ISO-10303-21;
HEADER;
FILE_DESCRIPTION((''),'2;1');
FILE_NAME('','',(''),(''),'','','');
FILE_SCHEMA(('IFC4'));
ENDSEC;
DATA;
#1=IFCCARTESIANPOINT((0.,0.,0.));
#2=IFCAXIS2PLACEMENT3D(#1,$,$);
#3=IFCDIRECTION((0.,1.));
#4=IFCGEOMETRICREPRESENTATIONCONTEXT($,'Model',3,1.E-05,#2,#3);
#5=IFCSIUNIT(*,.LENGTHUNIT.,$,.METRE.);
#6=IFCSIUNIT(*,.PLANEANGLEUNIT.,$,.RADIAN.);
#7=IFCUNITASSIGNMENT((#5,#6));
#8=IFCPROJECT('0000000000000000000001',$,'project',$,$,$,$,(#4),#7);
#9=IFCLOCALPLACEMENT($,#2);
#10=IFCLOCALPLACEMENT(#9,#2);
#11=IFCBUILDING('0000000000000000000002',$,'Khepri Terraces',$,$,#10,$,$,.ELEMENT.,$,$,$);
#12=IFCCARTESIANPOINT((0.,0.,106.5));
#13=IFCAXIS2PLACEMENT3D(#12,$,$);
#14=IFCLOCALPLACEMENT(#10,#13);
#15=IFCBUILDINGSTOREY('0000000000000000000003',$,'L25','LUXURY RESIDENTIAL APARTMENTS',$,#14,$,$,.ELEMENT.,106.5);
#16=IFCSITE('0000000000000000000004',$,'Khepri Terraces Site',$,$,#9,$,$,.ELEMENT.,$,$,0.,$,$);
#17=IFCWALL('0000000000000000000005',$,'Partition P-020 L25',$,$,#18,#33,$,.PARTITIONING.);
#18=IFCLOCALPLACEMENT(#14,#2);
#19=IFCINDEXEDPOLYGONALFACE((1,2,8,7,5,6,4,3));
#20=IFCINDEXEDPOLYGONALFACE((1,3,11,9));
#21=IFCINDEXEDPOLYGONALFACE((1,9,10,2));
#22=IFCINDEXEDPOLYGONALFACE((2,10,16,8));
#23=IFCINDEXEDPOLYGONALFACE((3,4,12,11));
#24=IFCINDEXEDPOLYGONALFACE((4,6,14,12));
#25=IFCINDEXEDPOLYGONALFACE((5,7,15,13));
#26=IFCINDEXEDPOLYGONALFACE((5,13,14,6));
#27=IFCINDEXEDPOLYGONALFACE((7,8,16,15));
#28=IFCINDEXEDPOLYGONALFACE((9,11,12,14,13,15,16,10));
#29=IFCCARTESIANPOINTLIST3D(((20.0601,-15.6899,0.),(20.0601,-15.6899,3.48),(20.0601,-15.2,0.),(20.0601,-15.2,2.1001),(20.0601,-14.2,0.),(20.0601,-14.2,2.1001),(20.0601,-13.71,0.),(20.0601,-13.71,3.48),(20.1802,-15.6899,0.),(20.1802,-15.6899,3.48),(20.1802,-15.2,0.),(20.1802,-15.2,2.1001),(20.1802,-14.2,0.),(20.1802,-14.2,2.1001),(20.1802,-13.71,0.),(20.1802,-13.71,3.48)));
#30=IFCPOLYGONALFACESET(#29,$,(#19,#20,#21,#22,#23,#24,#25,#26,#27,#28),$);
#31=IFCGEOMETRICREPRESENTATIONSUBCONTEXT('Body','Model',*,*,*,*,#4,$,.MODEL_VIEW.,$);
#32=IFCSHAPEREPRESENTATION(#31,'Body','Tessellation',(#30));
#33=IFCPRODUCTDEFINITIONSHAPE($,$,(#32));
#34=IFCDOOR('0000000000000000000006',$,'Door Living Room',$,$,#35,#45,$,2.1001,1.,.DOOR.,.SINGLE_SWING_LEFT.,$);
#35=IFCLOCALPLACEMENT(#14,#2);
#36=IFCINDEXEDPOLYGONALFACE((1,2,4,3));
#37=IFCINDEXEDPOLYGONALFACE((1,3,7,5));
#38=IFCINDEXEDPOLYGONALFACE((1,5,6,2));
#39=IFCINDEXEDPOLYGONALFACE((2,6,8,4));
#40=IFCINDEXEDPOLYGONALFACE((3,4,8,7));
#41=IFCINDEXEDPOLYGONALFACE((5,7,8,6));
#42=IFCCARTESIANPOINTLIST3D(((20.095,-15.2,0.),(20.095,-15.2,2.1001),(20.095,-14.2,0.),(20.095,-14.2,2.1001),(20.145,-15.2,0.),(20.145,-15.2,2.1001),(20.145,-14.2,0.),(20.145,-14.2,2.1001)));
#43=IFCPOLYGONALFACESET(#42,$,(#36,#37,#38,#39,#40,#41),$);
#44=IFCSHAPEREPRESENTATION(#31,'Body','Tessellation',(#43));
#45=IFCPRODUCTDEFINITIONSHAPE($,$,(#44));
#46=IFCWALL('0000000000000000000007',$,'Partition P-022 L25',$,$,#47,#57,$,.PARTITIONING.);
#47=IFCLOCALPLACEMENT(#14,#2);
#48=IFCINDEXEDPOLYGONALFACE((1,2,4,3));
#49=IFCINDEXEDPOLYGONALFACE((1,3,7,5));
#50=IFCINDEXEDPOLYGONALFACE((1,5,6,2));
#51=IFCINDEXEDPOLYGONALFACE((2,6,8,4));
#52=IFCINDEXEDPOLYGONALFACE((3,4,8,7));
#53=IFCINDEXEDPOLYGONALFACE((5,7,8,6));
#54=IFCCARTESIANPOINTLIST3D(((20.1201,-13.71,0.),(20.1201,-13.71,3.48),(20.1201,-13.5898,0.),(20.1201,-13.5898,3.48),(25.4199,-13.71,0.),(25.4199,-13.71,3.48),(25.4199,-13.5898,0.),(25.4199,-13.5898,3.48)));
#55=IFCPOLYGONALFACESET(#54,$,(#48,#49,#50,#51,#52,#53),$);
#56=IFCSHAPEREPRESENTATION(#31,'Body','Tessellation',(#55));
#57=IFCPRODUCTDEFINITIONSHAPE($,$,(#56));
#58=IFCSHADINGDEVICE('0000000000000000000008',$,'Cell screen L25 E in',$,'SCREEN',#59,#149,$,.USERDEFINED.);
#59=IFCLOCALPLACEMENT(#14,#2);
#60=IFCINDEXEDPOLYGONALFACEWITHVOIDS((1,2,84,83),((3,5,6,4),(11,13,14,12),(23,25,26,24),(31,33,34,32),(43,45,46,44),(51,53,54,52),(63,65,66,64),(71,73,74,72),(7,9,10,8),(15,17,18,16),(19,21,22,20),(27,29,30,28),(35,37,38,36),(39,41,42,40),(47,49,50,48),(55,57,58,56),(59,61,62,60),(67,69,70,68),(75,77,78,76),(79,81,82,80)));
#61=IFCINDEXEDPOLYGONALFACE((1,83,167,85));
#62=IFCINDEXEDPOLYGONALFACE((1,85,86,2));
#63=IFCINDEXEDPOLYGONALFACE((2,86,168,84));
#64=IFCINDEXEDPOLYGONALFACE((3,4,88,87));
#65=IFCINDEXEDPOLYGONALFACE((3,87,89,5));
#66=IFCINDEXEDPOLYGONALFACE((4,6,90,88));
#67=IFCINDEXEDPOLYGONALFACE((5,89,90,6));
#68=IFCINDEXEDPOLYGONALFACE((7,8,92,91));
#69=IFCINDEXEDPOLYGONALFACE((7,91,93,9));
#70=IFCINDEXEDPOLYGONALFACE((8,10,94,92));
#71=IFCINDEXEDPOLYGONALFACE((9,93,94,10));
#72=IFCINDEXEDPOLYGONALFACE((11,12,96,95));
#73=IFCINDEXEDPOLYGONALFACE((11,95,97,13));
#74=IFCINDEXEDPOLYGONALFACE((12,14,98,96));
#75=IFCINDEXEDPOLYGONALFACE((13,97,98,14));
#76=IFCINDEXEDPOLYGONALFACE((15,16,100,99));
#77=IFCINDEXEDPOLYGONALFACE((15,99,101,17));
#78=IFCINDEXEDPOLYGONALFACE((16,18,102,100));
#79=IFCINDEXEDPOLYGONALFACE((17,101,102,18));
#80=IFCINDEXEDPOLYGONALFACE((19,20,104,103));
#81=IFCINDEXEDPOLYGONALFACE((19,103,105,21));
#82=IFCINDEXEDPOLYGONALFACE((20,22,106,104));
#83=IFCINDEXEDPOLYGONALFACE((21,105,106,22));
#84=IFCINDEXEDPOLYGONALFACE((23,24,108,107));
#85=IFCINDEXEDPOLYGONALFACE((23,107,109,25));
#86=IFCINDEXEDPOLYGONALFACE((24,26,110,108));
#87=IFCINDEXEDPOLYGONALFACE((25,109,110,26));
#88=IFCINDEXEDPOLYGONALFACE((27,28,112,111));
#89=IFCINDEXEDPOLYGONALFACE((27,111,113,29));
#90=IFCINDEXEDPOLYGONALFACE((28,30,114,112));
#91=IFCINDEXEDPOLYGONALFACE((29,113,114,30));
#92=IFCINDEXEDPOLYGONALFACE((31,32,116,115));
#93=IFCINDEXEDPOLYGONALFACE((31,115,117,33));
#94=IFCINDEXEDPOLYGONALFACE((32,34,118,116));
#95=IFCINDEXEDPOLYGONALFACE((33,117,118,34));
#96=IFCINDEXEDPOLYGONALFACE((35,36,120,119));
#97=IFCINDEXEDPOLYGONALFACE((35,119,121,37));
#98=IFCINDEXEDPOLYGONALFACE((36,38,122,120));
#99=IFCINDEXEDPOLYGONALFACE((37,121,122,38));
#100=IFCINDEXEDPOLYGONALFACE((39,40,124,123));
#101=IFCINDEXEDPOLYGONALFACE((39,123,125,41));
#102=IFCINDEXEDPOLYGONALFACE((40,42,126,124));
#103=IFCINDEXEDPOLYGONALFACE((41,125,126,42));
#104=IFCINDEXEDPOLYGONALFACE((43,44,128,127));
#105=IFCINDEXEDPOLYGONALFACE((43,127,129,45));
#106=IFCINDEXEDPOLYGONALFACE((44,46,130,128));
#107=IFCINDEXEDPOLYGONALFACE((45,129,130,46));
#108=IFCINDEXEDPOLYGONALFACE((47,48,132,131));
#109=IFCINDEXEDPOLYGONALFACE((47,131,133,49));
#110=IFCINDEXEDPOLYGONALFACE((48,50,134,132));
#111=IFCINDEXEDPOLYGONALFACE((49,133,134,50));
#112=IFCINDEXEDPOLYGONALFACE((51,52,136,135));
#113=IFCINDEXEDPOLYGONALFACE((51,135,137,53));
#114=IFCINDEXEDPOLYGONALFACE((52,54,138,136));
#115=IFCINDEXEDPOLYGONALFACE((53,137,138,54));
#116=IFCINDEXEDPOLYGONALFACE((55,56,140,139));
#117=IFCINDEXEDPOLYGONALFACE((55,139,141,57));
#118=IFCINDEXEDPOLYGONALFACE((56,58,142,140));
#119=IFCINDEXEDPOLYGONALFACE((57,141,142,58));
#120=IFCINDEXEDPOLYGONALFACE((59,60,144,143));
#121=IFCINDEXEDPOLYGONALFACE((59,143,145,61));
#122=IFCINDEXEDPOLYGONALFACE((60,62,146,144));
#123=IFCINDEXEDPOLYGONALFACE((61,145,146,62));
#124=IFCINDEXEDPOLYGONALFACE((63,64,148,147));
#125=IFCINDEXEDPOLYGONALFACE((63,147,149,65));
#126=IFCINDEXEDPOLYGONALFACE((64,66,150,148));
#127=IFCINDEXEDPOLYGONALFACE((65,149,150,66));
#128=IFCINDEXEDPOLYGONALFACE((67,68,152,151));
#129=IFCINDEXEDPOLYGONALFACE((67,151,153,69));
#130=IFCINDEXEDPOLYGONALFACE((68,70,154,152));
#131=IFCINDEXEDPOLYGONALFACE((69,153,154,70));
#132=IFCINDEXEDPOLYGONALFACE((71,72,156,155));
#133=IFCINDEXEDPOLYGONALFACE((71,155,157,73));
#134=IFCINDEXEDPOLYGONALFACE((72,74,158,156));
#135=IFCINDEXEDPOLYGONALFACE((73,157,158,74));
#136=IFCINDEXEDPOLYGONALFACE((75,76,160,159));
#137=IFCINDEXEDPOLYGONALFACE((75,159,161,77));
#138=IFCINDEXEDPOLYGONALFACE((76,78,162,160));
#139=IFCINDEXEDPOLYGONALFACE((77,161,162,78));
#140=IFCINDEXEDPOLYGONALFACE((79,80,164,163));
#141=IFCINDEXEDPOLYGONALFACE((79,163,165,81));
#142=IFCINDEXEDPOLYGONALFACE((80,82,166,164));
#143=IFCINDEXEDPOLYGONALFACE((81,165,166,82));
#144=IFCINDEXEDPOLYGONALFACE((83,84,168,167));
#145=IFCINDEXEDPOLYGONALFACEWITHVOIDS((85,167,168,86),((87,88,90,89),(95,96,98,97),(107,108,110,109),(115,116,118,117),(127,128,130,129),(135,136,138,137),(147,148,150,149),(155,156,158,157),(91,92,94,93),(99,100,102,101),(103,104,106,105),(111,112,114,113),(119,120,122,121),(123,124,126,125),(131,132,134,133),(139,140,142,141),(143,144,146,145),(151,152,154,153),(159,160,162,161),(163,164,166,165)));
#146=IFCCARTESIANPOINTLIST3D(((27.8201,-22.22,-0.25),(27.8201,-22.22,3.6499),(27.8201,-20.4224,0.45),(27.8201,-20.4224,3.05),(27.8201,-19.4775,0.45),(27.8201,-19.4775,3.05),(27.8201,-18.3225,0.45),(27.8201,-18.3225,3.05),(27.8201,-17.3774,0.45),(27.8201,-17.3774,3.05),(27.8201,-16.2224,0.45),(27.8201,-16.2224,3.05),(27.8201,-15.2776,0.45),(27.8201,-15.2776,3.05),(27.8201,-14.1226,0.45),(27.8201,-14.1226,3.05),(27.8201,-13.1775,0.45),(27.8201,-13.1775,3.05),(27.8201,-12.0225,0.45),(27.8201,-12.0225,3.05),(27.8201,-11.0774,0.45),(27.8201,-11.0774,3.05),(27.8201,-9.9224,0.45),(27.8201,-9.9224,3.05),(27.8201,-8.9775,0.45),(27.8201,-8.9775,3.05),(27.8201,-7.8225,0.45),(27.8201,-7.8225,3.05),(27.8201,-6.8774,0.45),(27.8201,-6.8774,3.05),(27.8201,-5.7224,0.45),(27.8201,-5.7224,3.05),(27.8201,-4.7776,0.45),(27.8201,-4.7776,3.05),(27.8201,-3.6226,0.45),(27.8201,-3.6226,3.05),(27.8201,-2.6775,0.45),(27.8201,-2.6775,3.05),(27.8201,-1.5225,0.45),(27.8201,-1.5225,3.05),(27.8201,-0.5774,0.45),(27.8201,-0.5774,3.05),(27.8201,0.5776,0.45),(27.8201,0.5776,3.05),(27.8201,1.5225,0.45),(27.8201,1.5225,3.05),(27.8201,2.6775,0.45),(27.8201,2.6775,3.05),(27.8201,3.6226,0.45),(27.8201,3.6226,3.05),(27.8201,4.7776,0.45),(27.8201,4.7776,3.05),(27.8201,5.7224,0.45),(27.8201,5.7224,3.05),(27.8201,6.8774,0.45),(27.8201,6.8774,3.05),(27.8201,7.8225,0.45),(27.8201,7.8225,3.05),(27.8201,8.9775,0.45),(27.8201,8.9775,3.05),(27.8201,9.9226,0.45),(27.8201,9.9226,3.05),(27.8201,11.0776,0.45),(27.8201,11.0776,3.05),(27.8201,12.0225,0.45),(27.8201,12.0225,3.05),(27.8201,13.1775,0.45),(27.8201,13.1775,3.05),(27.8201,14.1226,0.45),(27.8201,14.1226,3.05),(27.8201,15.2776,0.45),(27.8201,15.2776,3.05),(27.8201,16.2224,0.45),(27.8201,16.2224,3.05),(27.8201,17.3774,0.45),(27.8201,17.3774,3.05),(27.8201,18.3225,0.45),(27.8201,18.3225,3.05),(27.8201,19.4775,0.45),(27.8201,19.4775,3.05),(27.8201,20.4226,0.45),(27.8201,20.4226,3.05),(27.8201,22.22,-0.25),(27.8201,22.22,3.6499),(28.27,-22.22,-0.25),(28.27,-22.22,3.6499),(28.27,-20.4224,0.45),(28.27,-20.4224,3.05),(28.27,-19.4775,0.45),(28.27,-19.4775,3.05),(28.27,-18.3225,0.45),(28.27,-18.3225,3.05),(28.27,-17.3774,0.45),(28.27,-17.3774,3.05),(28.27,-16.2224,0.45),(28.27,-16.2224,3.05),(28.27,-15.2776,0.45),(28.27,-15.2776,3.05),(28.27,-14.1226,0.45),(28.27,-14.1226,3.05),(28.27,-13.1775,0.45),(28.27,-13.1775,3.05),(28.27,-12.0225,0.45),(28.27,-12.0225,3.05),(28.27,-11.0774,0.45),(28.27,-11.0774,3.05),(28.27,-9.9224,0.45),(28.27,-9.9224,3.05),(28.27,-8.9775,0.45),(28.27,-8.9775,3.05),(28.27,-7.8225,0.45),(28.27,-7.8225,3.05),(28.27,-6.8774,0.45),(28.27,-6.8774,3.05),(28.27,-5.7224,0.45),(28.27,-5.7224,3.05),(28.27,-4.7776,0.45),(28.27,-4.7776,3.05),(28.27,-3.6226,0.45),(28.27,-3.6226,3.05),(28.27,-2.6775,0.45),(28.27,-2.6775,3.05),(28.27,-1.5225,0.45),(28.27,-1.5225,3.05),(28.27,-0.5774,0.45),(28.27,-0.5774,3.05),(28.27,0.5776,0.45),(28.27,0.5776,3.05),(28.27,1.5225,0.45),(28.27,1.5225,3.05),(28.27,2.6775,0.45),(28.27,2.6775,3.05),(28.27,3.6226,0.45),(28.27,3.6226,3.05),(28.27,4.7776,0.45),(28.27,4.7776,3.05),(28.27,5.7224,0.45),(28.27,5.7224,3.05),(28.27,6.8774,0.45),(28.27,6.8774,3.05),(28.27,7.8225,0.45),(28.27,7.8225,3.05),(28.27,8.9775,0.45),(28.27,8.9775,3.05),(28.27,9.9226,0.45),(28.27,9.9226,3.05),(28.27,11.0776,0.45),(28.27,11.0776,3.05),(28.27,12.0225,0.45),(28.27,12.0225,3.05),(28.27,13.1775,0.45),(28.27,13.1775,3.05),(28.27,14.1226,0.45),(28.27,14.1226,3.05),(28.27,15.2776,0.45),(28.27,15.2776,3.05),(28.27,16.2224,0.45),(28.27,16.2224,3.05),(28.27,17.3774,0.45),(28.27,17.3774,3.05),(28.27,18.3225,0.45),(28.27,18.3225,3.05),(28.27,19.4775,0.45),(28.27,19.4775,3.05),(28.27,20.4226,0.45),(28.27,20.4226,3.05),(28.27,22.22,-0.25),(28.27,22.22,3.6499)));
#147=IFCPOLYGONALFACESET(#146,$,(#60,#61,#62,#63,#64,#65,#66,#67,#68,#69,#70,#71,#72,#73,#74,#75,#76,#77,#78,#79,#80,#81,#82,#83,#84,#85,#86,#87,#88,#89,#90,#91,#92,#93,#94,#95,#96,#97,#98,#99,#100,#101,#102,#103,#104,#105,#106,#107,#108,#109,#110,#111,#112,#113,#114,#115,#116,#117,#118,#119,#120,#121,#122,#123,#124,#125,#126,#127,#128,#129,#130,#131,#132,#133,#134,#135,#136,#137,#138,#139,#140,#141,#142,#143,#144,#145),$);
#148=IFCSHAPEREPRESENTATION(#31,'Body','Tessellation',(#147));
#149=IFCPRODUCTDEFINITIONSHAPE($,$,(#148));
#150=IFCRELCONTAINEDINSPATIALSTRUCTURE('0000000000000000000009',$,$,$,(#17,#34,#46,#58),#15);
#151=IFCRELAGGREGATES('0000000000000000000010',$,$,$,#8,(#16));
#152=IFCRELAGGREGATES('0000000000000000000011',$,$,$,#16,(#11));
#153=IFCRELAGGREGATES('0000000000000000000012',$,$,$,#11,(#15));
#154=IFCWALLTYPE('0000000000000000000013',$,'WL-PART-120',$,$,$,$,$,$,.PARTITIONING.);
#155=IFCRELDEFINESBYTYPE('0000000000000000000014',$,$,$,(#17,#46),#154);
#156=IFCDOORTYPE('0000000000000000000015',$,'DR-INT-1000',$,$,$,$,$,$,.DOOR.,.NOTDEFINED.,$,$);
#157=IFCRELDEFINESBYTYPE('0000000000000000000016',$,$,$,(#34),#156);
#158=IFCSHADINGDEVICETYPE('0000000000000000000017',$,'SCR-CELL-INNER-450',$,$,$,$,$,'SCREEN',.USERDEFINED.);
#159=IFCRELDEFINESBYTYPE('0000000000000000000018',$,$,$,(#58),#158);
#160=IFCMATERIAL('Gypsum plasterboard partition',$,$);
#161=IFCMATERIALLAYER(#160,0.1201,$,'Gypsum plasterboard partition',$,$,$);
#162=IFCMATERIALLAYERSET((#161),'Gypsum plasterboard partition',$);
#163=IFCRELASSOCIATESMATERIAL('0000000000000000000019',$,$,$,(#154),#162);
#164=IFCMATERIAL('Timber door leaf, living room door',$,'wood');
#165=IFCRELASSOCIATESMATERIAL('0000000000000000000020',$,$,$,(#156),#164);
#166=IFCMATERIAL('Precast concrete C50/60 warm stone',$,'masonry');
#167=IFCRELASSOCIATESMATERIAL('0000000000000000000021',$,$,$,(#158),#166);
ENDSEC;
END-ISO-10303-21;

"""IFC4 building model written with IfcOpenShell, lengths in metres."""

from ifc_helpers import new_model, si_unit, direction, frame, frame_2d, origin, place, context, subcontext, project, spatial, polyline, rectangle, outline, extrude, material, layer, layer_set, type_object, element, fill, save


model = new_model("IFC4")

# Units and contexts
model_context = context("Model", 3, precision=1e-05, world=origin(), true_north=direction((0.0, 1.0)))
body_context = subcontext(model_context, "Body", "Model", "MODEL_VIEW")
ifc_project = project(units=[si_unit("LENGTHUNIT", "METRE"), si_unit("PLANEANGLEUNIT", "RADIAN")], contexts=[model_context])

# Site, building, storey
site_placement = place(None, origin())
site = spatial("IfcSite", under=ifc_project, at=site_placement, Name="Khepri Terraces Site", CompositionType="ELEMENT", RefElevation=0.0)
building_placement = place(site_placement, origin())
building = spatial("IfcBuilding", under=site, at=building_placement, Name="Khepri Terraces", CompositionType="ELEMENT")
storey_placement = place(building_placement, frame((0.0, 0.0, 106.5)))
storey = spatial("IfcBuildingStorey", under=building, at=storey_placement, Name="L25", Description="LUXURY RESIDENTIAL APARTMENTS", CompositionType="ELEMENT", Elevation=106.5)

# Shared definitions
ifc_material_1 = material(Name="Precast concrete C50/60 warm stone", Category="masonry")

# Shared definitions
ifc_material_2 = material(Name="Gypsum plasterboard partition")
ifc_layer_1 = layer(ifc_material_2, 0.1201, Name="Gypsum plasterboard partition")
ifc_layer_set_1 = layer_set([ifc_layer_1], Name="Gypsum plasterboard partition")
wall_type_1 = type_object("IfcWallType", Name="WL-PART-120", PredefinedType="PARTITIONING", material=ifc_layer_set_1)

# Wall, opening, door
ifc_material_3 = material(Name="Timber door leaf, living room door", Category="wood")
door_type_1 = type_object("IfcDoorType", Name="DR-INT-1000", OperationType="NOTDEFINED", PredefinedType="DOOR", material=ifc_material_3)
wall_1_placement = place(storey_placement, frame((20.1201, -15.6899, 0.0), z_axis=(0.0, 0.0, 1.0), x_axis=(0.0, 1.0, 0.0)))
wall_1 = element("IfcWall", 1, at=wall_1_placement, inside=storey, type_object=wall_type_1, Name="Partition P-020 L25", PredefinedType="PARTITIONING", context=body_context, shape_type="SweptSolid", body=[
    extrude(rectangle(XDim=1.98, YDim=0.1201, at=frame_2d((0.99, 0.0))), origin(), (0.0, 0.0, 1.0), 3.48),
])
opening_1_placement = place(wall_1_placement, frame((0.49, 0.0, 0.0)))
opening_1 = element("IfcOpeningElement", 2, at=opening_1_placement, cuts=wall_1, PredefinedType="OPENING", context=body_context, shape_type="SweptSolid", body=[
    extrude(rectangle(XDim=1.0, YDim=2.1001, at=frame_2d((0.5, 1.05))), frame((0.0, 0.0701, 0.0), z_axis=(0.0, -1.0, 0.0), x_axis=(1.0, 0.0, 0.0)), (0.0, 0.0, 1.0), 0.1401),
])
door_1_placement = place(opening_1_placement, frame((1.0, 0.0, 0.0), z_axis=(0.0, 0.0, 1.0), x_axis=(-1.0, 0.0, 0.0)))
door_1 = element("IfcDoor", 3, at=door_1_placement, inside=storey, type_object=door_type_1, Name="Door Living Room", OperationType="SINGLE_SWING_LEFT", OverallHeight=2.1001, OverallWidth=1.0, PredefinedType="DOOR", context=body_context, shape_type="SweptSolid", body=[
    extrude(rectangle(XDim=1.0, YDim=2.1001, at=frame_2d((0.5, 1.05))), frame((0.0, 0.0249, 0.0), z_axis=(0.0, -1.0, 0.0), x_axis=(1.0, 0.0, 0.0)), (0.0, 0.0, 1.0), 0.05),
])
fill(opening_1, door_1)

# Wall
wall_2_placement = place(storey_placement, frame((20.1201, -13.6499, 0.0), z_axis=(0.0, 0.0, 1.0), x_axis=(1.0, 0.0, 0.0)))
element("IfcWall", 4, at=wall_2_placement, inside=storey, type_object=wall_type_1, Name="Partition P-022 L25", PredefinedType="PARTITIONING", context=body_context, shape_type="SweptSolid", body=[
    extrude(rectangle(XDim=5.2998, YDim=0.1201, at=frame_2d((2.6499, 0.0))), origin(), (0.0, 0.0, 1.0), 3.48),
])

# Shading device
shading_device_type_1 = type_object("IfcShadingDeviceType", Name="SCR-CELL-INNER-450", ElementType="SCREEN", PredefinedType="USERDEFINED", material=ifc_material_1)
shading_device_1_placement = place(storey_placement, frame((27.8201, -22.22, -0.25), z_axis=(1.0, 0.0, 0.0), x_axis=(0.0, 1.0, 0.0)))
element("IfcShadingDevice", 5, at=shading_device_1_placement, inside=storey, type_object=shading_device_type_1, Name="Cell screen L25 E in", ObjectType="SCREEN", PredefinedType="USERDEFINED", context=body_context, shape_type="SweptSolid", body=[
    extrude(outline(polyline([(0.0, 0.0), (44.4399, 0.0), (44.4399, 3.8999), (0.0, 3.8999), (0.0, 0.0)]), holes=[polyline([(1.7976, 0.7), (2.7424, 0.7), (2.7424, 3.3), (1.7976, 3.3), (1.7976, 0.7)]), polyline([(3.8975, 0.7), (4.8425, 0.7), (4.8425, 3.3), (3.8975, 3.3), (3.8975, 0.7)]), polyline([(5.9976, 0.7), (6.9424, 0.7), (6.9424, 3.3), (5.9976, 3.3), (5.9976, 0.7)]), polyline([(8.0974, 0.7), (9.0425, 0.7), (9.0425, 3.3), (8.0974, 3.3), (8.0974, 0.7)]), polyline([(10.1975, 0.7), (11.1426, 0.7), (11.1426, 3.3), (10.1975, 3.3), (10.1975, 0.7)]), polyline([(12.2976, 0.7), (13.2424, 0.7), (13.2424, 3.3), (12.2976, 3.3), (12.2976, 0.7)]), polyline([(14.3975, 0.7), (15.3425, 0.7), (15.3425, 3.3), (14.3975, 3.3), (14.3975, 0.7)]), polyline([(16.4976, 0.7), (17.4424, 0.7), (17.4424, 3.3), (16.4976, 3.3), (16.4976, 0.7)]), polyline([(18.5974, 0.7), (19.5425, 0.7), (19.5425, 3.3), (18.5974, 3.3), (18.5974, 0.7)]), polyline([(20.6975, 0.7), (21.6426, 0.7), (21.6426, 3.3), (20.6975, 3.3), (20.6975, 0.7)]), polyline([(22.7976, 0.7), (23.7424, 0.7), (23.7424, 3.3), (22.7976, 3.3), (22.7976, 0.7)]), polyline([(24.8975, 0.7), (25.8425, 0.7), (25.8425, 3.3), (24.8975, 3.3), (24.8975, 0.7)]), polyline([(26.9976, 0.7), (27.9424, 0.7), (27.9424, 3.3), (26.9976, 3.3), (26.9976, 0.7)]), polyline([(29.0974, 0.7), (30.0425, 0.7), (30.0425, 3.3), (29.0974, 3.3), (29.0974, 0.7)]), polyline([(31.1975, 0.7), (32.1426, 0.7), (32.1426, 3.3), (31.1975, 3.3), (31.1975, 0.7)]), polyline([(33.2976, 0.7), (34.2424, 0.7), (34.2424, 3.3), (33.2976, 3.3), (33.2976, 0.7)]), polyline([(35.3975, 0.7), (36.3425, 0.7), (36.3425, 3.3), (35.3975, 3.3), (35.3975, 0.7)]), polyline([(37.4976, 0.7), (38.4424, 0.7), (38.4424, 3.3), (37.4976, 3.3), (37.4976, 0.7)]), polyline([(39.5974, 0.7), (40.5425, 0.7), (40.5425, 3.3), (39.5974, 3.3), (39.5974, 0.7)]), polyline([(41.6975, 0.7), (42.6426, 0.7), (42.6426, 3.3), (41.6975, 3.3), (41.6975, 0.7)])]), origin(), (0.0, 0.0, 1.0), 0.45),
])

save(model, "model.ifc")
